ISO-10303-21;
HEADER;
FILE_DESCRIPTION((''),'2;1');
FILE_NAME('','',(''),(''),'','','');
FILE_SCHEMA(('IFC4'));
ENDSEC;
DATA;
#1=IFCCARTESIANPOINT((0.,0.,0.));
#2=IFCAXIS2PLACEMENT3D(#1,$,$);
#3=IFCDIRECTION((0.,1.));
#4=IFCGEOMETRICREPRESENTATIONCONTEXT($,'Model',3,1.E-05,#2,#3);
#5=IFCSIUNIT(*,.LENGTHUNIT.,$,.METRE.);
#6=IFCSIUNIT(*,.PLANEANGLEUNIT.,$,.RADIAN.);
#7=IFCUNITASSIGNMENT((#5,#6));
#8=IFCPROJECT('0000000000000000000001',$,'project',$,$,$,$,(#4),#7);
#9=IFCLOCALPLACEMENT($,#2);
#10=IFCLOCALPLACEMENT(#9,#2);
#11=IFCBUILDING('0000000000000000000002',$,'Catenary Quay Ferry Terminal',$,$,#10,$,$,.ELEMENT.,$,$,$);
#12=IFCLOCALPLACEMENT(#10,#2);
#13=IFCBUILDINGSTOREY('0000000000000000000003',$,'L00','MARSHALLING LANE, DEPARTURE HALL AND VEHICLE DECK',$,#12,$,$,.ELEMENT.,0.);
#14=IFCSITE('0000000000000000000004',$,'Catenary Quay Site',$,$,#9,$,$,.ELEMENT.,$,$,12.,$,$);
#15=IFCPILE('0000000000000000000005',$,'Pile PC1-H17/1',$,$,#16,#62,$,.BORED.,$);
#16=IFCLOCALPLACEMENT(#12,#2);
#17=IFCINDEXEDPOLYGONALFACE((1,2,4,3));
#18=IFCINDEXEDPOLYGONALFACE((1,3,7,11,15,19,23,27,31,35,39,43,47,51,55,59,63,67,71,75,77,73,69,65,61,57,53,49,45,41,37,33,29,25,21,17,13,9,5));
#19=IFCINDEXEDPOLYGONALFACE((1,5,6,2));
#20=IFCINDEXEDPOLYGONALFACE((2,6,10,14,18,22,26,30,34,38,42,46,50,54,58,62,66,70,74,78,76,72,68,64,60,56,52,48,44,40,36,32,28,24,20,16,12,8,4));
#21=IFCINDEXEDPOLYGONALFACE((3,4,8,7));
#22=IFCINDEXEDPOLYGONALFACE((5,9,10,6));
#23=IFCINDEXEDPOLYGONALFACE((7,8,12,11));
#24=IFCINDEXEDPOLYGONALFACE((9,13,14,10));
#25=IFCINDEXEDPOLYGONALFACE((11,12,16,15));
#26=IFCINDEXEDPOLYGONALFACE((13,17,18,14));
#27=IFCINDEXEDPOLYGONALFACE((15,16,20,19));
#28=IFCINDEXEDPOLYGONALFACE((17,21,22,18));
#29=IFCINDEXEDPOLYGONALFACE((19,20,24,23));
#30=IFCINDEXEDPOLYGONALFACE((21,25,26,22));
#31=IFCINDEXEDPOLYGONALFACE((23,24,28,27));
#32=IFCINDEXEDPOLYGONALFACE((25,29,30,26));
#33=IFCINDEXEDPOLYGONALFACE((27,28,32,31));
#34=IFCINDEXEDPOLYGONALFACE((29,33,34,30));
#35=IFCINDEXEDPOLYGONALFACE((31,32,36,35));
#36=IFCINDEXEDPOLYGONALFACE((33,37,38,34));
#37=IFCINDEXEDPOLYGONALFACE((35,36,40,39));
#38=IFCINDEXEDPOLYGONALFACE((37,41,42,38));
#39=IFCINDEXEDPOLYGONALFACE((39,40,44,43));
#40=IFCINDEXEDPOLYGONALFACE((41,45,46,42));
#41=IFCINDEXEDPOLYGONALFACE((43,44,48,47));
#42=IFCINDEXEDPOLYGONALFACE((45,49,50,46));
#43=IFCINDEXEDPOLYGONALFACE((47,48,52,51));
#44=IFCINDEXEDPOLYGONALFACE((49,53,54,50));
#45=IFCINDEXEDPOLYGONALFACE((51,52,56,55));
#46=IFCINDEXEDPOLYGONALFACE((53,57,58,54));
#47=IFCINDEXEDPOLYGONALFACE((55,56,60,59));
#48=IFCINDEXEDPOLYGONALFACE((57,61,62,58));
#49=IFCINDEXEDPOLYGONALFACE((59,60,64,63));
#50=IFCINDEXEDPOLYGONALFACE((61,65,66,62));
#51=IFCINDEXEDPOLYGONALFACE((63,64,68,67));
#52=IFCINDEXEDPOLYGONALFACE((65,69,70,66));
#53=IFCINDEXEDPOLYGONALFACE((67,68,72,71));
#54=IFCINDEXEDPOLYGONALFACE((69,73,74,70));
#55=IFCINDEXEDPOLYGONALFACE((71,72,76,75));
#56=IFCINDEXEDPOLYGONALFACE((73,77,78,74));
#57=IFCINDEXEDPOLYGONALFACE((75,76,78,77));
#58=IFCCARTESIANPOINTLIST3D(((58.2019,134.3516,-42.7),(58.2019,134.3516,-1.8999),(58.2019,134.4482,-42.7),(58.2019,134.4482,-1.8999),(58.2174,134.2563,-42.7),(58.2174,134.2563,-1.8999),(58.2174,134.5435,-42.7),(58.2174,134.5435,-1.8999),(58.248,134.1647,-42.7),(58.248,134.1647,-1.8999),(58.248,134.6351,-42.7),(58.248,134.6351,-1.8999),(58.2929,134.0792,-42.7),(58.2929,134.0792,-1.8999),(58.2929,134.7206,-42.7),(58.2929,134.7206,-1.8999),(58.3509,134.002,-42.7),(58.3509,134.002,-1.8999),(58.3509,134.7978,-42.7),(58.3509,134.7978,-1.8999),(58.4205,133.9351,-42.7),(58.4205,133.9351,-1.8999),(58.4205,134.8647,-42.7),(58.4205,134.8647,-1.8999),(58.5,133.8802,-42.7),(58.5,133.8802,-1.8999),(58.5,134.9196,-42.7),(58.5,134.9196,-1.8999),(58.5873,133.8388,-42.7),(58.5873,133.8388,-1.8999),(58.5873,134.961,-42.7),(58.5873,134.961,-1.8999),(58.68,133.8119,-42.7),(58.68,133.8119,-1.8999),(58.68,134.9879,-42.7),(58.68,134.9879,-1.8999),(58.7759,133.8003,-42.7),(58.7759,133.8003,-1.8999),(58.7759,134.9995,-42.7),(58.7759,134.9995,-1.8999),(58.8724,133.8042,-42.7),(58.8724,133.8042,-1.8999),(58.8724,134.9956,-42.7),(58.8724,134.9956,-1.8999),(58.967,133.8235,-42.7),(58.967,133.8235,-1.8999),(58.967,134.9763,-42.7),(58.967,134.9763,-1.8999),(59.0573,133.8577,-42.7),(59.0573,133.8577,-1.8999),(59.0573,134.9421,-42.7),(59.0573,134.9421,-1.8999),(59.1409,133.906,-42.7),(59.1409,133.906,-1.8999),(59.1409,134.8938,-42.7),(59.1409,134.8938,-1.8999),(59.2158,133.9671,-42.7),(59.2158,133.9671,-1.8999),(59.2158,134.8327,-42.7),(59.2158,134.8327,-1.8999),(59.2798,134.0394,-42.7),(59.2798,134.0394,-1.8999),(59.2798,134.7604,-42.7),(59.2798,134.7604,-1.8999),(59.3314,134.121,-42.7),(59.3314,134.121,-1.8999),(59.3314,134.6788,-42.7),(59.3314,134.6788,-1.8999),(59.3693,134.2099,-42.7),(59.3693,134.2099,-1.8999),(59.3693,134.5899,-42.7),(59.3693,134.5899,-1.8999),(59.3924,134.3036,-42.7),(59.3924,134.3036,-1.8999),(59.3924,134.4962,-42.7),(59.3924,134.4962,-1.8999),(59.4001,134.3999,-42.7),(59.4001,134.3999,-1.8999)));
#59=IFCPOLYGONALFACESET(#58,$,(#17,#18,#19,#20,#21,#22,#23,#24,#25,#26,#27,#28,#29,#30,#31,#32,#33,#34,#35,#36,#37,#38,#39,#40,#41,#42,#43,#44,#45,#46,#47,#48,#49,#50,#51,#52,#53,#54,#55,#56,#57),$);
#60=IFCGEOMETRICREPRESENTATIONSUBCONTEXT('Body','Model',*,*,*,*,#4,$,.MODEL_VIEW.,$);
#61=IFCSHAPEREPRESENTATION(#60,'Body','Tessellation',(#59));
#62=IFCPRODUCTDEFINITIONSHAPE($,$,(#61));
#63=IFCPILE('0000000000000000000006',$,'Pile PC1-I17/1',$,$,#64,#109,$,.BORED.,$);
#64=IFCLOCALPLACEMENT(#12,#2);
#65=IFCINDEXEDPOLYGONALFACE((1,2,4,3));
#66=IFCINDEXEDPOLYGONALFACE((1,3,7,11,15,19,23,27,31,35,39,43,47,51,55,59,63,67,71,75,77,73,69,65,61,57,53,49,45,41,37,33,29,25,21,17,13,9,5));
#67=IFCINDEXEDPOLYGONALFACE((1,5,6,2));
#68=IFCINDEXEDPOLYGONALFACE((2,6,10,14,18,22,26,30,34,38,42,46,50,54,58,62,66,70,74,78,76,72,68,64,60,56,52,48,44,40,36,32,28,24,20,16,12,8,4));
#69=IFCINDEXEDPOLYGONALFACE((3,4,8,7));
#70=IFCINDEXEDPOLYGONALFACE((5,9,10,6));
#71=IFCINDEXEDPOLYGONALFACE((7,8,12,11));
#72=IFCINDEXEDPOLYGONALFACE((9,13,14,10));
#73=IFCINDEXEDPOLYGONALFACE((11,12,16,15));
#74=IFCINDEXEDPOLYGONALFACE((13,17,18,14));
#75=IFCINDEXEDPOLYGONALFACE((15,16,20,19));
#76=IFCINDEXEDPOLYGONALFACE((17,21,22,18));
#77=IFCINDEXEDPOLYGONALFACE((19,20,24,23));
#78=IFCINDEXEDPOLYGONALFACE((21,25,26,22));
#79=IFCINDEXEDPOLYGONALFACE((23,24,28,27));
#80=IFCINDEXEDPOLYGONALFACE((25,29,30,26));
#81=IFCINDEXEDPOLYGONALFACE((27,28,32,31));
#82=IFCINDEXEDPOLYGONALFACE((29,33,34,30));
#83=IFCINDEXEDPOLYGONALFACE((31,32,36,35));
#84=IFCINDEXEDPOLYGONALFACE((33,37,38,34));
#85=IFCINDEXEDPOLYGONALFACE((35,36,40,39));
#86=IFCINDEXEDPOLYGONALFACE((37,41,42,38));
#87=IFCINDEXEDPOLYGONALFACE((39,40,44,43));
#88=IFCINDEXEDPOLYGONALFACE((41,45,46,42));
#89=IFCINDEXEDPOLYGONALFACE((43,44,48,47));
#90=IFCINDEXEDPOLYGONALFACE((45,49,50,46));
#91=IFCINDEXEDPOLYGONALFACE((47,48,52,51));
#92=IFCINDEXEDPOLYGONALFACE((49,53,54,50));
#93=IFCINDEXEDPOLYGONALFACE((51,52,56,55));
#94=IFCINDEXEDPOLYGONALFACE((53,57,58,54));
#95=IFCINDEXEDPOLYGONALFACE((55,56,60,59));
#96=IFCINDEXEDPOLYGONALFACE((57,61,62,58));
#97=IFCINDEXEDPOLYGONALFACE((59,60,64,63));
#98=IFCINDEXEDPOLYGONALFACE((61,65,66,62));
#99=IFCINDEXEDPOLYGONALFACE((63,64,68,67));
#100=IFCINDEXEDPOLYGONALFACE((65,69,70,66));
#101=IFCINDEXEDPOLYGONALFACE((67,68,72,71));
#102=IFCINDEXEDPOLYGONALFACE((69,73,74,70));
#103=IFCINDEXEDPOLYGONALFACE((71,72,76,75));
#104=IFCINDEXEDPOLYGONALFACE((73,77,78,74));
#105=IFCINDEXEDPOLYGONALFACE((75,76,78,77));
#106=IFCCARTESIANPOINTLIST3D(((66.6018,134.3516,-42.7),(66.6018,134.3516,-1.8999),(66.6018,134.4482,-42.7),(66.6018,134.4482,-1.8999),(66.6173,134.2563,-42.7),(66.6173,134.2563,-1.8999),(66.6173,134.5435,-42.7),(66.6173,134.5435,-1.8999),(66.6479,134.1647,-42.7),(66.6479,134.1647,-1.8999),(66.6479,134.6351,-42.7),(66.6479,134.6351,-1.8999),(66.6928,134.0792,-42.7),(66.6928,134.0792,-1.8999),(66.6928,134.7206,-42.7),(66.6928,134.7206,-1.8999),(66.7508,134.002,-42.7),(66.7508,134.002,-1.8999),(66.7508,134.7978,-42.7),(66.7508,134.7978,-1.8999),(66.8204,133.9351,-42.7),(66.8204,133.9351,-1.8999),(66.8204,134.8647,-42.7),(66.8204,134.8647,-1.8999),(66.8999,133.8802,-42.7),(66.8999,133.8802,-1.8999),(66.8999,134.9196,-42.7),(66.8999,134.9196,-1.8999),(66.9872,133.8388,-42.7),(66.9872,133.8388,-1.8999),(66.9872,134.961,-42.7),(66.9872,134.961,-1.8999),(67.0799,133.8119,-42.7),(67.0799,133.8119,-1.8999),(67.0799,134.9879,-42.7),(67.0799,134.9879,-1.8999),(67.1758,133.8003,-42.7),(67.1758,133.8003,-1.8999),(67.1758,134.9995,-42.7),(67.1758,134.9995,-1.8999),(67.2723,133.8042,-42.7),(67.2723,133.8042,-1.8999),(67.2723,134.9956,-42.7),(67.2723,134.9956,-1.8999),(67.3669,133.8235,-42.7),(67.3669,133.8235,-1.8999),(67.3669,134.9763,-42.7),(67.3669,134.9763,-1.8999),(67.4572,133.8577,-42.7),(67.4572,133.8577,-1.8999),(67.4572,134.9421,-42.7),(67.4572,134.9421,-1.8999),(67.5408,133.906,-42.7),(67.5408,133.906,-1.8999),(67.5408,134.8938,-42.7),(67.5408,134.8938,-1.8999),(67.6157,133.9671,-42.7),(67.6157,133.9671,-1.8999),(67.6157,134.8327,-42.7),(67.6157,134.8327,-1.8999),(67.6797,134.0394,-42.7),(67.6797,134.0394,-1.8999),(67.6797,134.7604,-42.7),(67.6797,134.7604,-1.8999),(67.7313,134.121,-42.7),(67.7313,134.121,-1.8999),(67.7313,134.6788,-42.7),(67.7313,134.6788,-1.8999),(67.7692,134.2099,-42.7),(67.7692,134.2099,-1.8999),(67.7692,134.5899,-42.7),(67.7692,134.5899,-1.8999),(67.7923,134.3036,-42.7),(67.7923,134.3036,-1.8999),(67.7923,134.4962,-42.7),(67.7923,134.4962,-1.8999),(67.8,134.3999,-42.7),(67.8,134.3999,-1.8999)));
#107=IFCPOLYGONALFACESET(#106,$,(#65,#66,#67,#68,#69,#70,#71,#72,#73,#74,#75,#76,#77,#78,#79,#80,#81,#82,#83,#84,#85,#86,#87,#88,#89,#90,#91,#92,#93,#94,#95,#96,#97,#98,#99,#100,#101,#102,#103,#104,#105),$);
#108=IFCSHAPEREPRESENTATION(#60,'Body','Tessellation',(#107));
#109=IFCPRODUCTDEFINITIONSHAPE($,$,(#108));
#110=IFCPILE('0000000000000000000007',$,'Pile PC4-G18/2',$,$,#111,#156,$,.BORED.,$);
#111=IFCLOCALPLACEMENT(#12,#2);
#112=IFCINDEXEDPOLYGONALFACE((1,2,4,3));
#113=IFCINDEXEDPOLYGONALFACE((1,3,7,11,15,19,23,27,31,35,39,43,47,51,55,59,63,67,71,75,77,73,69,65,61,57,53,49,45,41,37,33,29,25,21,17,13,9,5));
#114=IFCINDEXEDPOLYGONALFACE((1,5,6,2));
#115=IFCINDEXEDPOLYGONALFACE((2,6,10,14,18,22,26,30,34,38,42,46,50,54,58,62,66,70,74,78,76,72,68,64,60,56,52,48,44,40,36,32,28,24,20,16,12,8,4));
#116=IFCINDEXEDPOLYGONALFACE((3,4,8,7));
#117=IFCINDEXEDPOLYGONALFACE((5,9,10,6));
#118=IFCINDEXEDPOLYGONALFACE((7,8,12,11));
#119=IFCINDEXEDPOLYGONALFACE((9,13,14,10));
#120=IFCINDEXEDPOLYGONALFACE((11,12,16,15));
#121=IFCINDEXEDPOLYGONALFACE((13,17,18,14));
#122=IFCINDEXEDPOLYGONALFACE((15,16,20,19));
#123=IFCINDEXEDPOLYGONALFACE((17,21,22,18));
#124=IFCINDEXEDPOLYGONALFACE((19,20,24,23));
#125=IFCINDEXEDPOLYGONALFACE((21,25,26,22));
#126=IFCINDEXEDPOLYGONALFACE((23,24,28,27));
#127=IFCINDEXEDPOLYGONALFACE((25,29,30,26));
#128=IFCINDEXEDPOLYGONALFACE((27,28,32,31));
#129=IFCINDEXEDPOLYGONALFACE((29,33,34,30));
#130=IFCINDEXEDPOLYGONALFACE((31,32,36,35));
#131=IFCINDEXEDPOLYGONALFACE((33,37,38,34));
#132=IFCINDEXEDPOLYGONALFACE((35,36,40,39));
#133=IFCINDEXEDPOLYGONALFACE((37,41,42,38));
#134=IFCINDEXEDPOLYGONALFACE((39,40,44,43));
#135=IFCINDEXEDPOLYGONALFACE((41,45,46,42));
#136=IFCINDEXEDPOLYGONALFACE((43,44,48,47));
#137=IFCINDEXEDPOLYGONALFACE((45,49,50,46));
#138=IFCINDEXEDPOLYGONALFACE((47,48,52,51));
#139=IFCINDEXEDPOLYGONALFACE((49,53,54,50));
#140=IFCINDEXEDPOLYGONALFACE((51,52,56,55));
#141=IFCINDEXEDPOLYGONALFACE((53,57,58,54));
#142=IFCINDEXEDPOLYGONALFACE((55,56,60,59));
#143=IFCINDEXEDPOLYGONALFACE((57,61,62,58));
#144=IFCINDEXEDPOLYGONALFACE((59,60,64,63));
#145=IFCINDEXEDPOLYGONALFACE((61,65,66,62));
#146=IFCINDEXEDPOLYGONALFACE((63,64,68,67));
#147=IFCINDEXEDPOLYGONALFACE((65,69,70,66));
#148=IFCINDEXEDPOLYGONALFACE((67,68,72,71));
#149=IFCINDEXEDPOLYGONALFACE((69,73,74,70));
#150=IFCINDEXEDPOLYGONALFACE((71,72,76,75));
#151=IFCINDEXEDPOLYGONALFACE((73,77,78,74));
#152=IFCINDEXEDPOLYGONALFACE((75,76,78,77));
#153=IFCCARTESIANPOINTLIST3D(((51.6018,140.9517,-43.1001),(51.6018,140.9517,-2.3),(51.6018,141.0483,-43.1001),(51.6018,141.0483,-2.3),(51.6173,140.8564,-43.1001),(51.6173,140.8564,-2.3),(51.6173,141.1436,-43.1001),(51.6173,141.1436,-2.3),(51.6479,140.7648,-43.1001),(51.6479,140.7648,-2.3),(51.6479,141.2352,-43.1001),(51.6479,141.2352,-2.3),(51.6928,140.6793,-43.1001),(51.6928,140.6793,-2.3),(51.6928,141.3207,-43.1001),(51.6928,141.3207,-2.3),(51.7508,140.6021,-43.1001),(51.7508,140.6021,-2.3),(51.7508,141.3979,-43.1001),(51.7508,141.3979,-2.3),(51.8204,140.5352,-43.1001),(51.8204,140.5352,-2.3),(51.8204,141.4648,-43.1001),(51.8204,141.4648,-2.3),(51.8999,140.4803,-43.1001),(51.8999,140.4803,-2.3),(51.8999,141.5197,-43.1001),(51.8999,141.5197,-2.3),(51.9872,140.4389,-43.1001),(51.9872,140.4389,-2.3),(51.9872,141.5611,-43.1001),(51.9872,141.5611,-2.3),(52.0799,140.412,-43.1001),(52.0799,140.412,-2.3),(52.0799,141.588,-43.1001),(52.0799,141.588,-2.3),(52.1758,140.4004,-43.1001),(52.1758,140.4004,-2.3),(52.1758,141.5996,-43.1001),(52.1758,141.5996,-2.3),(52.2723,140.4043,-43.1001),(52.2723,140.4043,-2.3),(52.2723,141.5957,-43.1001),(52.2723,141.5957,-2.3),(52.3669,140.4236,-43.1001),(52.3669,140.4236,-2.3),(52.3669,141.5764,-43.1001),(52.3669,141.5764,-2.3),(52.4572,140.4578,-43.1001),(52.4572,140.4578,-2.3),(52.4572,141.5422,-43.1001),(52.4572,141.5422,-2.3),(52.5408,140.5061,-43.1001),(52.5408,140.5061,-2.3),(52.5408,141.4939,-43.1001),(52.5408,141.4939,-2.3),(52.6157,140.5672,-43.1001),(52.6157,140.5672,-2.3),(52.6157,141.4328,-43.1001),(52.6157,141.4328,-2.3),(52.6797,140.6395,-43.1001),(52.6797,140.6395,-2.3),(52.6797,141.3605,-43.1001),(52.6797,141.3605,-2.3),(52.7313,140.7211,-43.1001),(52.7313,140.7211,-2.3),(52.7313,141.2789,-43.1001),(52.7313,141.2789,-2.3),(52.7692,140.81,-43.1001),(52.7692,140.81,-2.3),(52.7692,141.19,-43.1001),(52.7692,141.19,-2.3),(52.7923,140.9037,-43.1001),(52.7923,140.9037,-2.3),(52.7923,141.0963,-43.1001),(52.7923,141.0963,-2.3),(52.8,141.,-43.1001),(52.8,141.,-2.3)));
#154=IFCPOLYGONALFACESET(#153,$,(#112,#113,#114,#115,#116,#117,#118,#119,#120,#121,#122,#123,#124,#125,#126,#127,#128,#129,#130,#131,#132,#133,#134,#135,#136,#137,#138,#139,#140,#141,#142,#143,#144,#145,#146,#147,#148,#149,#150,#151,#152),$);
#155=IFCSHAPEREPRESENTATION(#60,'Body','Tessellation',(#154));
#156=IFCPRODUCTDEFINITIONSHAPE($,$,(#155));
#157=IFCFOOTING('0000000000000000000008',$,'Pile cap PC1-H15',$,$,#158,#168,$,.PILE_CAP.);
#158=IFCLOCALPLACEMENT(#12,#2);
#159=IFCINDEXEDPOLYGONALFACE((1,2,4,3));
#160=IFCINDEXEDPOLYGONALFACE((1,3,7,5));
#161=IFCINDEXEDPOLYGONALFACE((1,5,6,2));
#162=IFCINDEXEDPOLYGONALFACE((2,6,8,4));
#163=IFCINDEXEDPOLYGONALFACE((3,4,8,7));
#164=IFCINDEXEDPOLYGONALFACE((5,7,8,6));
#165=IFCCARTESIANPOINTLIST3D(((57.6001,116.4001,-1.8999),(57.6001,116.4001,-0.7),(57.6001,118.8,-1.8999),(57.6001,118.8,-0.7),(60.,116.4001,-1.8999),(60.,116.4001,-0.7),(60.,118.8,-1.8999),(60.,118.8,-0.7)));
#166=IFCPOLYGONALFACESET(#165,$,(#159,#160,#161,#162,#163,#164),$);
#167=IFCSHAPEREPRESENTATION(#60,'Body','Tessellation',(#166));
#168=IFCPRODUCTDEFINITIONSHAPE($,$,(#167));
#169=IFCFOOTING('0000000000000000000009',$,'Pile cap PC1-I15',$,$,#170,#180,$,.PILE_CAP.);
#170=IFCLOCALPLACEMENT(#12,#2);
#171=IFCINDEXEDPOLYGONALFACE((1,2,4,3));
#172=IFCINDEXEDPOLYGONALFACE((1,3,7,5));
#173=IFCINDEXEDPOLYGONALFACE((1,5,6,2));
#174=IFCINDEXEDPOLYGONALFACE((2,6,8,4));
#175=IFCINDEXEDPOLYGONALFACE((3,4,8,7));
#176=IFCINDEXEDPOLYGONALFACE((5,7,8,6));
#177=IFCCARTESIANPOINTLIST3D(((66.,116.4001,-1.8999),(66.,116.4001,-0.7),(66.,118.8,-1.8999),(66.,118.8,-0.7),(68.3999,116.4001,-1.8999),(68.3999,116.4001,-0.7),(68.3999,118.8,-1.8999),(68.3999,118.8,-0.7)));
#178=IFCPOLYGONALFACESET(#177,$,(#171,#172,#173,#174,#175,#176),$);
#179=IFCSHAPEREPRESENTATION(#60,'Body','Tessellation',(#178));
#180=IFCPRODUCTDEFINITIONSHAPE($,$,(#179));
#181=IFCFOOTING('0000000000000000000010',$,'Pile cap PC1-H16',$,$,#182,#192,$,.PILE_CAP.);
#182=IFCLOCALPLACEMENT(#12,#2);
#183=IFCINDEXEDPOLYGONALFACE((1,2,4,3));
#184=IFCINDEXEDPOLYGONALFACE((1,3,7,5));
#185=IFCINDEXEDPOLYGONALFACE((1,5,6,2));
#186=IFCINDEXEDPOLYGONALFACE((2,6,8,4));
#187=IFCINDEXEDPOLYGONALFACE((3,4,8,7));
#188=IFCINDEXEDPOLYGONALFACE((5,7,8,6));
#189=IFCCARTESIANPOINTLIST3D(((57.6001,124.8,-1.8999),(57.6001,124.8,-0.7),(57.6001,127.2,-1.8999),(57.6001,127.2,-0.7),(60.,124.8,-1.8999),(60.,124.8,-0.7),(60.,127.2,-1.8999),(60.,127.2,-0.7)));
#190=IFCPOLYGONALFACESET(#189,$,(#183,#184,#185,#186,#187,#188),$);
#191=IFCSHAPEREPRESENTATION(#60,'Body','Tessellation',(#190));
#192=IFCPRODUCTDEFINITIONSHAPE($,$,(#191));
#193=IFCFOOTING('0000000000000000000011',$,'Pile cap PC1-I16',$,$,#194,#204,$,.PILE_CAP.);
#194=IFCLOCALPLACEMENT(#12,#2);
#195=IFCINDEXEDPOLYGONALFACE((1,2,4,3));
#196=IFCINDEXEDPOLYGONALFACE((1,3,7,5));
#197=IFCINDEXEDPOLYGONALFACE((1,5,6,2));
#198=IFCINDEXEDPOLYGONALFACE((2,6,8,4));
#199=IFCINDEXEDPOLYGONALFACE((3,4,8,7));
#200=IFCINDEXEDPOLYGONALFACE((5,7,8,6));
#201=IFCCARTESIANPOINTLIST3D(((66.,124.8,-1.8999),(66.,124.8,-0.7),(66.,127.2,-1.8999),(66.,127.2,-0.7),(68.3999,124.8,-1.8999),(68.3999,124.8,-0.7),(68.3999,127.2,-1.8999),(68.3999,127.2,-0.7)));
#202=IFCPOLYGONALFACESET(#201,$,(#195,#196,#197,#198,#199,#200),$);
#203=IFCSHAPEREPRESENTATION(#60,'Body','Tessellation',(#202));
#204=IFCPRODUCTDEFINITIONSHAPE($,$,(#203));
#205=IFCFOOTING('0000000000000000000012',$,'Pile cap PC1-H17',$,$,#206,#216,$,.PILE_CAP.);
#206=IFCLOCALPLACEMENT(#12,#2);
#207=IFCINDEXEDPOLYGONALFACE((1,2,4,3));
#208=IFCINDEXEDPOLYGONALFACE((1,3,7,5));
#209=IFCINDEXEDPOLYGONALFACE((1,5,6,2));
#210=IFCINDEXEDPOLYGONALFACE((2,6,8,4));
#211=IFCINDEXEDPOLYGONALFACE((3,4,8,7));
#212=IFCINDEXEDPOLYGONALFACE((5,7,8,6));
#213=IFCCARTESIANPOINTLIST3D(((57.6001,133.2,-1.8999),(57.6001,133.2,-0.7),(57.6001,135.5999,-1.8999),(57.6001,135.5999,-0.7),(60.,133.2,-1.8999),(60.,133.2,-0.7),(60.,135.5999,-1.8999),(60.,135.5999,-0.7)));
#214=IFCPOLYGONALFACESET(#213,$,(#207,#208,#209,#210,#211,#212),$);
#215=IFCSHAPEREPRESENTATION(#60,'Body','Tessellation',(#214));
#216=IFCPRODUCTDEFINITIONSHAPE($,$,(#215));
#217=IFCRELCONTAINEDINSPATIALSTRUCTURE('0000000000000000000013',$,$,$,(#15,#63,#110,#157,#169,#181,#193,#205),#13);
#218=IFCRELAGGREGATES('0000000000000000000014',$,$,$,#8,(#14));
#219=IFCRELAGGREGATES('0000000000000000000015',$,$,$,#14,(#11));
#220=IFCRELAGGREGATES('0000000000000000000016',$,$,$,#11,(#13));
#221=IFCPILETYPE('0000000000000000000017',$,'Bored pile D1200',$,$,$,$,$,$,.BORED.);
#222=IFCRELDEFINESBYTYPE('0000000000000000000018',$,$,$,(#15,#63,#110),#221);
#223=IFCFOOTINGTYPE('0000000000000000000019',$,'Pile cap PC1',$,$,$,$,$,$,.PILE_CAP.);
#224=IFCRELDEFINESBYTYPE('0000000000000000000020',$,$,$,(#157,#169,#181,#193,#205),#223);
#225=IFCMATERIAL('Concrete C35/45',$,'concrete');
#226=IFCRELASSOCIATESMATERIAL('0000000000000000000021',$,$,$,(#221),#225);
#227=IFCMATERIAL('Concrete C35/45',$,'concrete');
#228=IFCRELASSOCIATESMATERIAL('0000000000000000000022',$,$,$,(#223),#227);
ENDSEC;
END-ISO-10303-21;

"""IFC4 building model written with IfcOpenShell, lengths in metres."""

from ifc_helpers import new_model, si_unit, direction, frame, origin, origin_2d, place, context, subcontext, project, spatial, rectangle, circle, extrude, material, material_profile, profile_set, type_object, element, save


model = new_model("IFC4")

# Units and contexts
model_context = context("Model", 3, precision=1e-05, world=origin(), true_north=direction((0.0, 1.0)))
body_context = subcontext(model_context, "Body", "Model", "MODEL_VIEW")
ifc_project = project(units=[si_unit("LENGTHUNIT", "METRE"), si_unit("PLANEANGLEUNIT", "RADIAN")], contexts=[model_context])

# Site, building, storey
site_placement = place(None, origin())
site = spatial("IfcSite", under=ifc_project, at=site_placement, Name="Catenary Quay Site", CompositionType="ELEMENT", RefElevation=12.0)
building_placement = place(site_placement, origin())
building = spatial("IfcBuilding", under=site, at=building_placement, Name="Catenary Quay Ferry Terminal", CompositionType="ELEMENT")
storey_placement = place(building_placement, origin())
storey = spatial("IfcBuildingStorey", under=building, at=storey_placement, Name="L00", Description="MARSHALLING LANE, DEPARTURE HALL AND VEHICLE DECK", CompositionType="ELEMENT", Elevation=0.0)

# Piles
ifc_material_1 = material(Name="Concrete C35/45", Category="concrete")
ifc_material_profile_1 = material_profile(ifc_material_1, circle(Radius=0.6001, at=origin_2d()), Name="D1200")
ifc_profile_set_1 = profile_set([ifc_material_profile_1], Name="Concrete C35/45")
pile_type = type_object("IfcPileType", Name="Bored pile D1200", PredefinedType="BORED", material=ifc_profile_set_1)
for number, where, z_axis, x_axis, name in (
    (1, (58.8, 134.3999, -1.8999), (0.0, 0.0, -1.0), (1.0, 0.0, 0.0), "Pile PC1-H17/1"),
    (2, (67.2, 134.3999, -1.8999), (0.0, 0.0, -1.0), (1.0, 0.0, 0.0), "Pile PC1-I17/1"),
    (3, (52.2, 141.0, -2.3), (0.0, 0.0, -1.0), (1.0, 0.0, 0.0), "Pile PC4-G18/2"),
):
    element("IfcPile", number, at=place(storey_placement, frame(where, z_axis=z_axis, x_axis=x_axis)), inside=storey, type_object=pile_type, Name=name, PredefinedType="BORED", context=body_context, shape_type="SweptSolid", body=[
        extrude(circle(Radius=0.6001, at=origin_2d()), origin(), (0.0, 0.0, 1.0), 40.8),
    ])

# Footings
ifc_material_2 = material(Name="Concrete C35/45", Category="concrete")
footing_type_1 = type_object("IfcFootingType", Name="Pile cap PC1", PredefinedType="PILE_CAP", material=ifc_material_2)
for number, where, z_axis, x_axis, name in (
    (4, (58.8, 117.6001, -1.8999), (0.0, 0.0, 1.0), (1.0, 0.0, 0.0), "Pile cap PC1-H15"),
    (5, (67.2, 117.6001, -1.8999), (0.0, 0.0, 1.0), (1.0, 0.0, 0.0), "Pile cap PC1-I15"),
    (6, (58.8, 126.0, -1.8999), (0.0, 0.0, 1.0), (1.0, 0.0, 0.0), "Pile cap PC1-H16"),
    (7, (67.2, 126.0, -1.8999), (0.0, 0.0, 1.0), (1.0, 0.0, 0.0), "Pile cap PC1-I16"),
    (8, (58.8, 134.3999, -1.8999), (0.0, 0.0, 1.0), (1.0, 0.0, 0.0), "Pile cap PC1-H17"),
):
    element("IfcFooting", number, at=place(storey_placement, frame(where, z_axis=z_axis, x_axis=x_axis)), inside=storey, type_object=footing_type_1, Name=name, PredefinedType="PILE_CAP", context=body_context, shape_type="SweptSolid", body=[
        extrude(rectangle(XDim=2.3999, YDim=2.3999, at=origin_2d()), origin(), (0.0, 0.0, 1.0), 1.2),
    ])

save(model, "model.ifc")
